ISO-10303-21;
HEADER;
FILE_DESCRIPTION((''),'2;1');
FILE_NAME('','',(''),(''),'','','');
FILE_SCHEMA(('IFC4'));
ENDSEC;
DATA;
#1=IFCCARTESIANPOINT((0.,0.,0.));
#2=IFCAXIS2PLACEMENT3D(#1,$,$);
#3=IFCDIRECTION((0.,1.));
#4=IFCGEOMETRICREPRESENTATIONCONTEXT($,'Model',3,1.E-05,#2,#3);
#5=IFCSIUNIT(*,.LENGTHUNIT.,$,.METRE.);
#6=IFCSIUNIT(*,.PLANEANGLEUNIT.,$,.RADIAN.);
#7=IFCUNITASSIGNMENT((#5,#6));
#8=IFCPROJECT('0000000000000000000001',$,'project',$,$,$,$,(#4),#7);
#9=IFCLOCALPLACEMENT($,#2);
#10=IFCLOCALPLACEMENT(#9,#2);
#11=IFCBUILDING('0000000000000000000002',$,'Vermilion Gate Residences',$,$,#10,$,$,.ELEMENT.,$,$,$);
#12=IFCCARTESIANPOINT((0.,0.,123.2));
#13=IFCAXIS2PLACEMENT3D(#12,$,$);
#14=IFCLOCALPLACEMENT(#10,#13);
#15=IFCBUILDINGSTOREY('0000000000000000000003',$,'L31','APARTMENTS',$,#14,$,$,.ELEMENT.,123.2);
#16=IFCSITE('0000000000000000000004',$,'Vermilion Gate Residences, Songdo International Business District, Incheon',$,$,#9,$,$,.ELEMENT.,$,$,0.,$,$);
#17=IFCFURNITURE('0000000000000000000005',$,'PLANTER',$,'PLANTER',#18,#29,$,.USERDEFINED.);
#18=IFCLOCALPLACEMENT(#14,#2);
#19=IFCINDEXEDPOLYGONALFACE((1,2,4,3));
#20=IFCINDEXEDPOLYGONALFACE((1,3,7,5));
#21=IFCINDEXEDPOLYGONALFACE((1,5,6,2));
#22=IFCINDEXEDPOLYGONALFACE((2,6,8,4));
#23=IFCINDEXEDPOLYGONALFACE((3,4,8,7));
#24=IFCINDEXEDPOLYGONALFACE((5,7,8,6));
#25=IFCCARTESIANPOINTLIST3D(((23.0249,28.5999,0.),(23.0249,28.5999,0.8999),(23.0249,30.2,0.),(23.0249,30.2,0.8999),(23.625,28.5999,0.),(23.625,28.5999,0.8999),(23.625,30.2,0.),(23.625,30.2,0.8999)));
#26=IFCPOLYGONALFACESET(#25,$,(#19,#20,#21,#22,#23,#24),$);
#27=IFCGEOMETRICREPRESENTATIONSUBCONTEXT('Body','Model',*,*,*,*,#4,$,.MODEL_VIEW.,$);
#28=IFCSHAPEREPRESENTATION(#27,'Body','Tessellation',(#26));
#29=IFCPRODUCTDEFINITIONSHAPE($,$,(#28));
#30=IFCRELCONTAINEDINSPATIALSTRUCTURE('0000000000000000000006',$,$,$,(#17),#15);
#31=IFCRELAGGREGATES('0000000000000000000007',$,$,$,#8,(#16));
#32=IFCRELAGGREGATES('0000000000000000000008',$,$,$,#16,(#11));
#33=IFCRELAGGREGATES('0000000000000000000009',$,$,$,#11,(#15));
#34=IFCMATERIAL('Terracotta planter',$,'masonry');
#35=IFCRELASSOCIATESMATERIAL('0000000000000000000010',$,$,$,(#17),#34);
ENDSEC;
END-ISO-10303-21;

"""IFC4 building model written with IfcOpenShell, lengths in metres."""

from ifc_helpers import new_model, si_unit, direction, frame, origin, origin_2d, place, context, subcontext, project, spatial, rectangle, extrude, material, element, save


model = new_model("IFC4")

# Units and contexts
model_context = context("Model", 3, precision=1e-05, world=origin(), true_north=direction((0.0, 1.0)))
body_context = subcontext(model_context, "Body", "Model", "MODEL_VIEW")
ifc_project = project(units=[si_unit("LENGTHUNIT", "METRE"), si_unit("PLANEANGLEUNIT", "RADIAN")], contexts=[model_context])

# Site, building, storey
site_placement = place(None, origin())
site = spatial("IfcSite", under=ifc_project, at=site_placement, Name="Vermilion Gate Residences, Songdo International Business District, Incheon", CompositionType="ELEMENT", RefElevation=0.0)
building_placement = place(site_placement, origin())
building = spatial("IfcBuilding", under=site, at=building_placement, Name="Vermilion Gate Residences", CompositionType="ELEMENT")
storey_placement = place(building_placement, frame((0.0, 0.0, 123.2)))
storey = spatial("IfcBuildingStorey", under=building, at=storey_placement, Name="L31", Description="APARTMENTS", CompositionType="ELEMENT", Elevation=123.2)

# Furniture
ifc_material_1 = material(Name="Terracotta planter", Category="masonry")
furniture_placement = place(storey_placement, frame((23.325, 29.3999, 0.0), z_axis=(0.0, 0.0, 1.0), x_axis=(0.0, 1.0, 0.0)))
element("IfcFurniture", 1, at=furniture_placement, inside=storey, material=ifc_material_1, Name="PLANTER", ObjectType="PLANTER", PredefinedType="USERDEFINED", context=body_context, shape_type="SweptSolid", body=[
    extrude(rectangle(XDim=1.6001, YDim=0.6001, at=origin_2d()), origin(), (0.0, 0.0, 1.0), 0.8999),
])

save(model, "model.ifc")
